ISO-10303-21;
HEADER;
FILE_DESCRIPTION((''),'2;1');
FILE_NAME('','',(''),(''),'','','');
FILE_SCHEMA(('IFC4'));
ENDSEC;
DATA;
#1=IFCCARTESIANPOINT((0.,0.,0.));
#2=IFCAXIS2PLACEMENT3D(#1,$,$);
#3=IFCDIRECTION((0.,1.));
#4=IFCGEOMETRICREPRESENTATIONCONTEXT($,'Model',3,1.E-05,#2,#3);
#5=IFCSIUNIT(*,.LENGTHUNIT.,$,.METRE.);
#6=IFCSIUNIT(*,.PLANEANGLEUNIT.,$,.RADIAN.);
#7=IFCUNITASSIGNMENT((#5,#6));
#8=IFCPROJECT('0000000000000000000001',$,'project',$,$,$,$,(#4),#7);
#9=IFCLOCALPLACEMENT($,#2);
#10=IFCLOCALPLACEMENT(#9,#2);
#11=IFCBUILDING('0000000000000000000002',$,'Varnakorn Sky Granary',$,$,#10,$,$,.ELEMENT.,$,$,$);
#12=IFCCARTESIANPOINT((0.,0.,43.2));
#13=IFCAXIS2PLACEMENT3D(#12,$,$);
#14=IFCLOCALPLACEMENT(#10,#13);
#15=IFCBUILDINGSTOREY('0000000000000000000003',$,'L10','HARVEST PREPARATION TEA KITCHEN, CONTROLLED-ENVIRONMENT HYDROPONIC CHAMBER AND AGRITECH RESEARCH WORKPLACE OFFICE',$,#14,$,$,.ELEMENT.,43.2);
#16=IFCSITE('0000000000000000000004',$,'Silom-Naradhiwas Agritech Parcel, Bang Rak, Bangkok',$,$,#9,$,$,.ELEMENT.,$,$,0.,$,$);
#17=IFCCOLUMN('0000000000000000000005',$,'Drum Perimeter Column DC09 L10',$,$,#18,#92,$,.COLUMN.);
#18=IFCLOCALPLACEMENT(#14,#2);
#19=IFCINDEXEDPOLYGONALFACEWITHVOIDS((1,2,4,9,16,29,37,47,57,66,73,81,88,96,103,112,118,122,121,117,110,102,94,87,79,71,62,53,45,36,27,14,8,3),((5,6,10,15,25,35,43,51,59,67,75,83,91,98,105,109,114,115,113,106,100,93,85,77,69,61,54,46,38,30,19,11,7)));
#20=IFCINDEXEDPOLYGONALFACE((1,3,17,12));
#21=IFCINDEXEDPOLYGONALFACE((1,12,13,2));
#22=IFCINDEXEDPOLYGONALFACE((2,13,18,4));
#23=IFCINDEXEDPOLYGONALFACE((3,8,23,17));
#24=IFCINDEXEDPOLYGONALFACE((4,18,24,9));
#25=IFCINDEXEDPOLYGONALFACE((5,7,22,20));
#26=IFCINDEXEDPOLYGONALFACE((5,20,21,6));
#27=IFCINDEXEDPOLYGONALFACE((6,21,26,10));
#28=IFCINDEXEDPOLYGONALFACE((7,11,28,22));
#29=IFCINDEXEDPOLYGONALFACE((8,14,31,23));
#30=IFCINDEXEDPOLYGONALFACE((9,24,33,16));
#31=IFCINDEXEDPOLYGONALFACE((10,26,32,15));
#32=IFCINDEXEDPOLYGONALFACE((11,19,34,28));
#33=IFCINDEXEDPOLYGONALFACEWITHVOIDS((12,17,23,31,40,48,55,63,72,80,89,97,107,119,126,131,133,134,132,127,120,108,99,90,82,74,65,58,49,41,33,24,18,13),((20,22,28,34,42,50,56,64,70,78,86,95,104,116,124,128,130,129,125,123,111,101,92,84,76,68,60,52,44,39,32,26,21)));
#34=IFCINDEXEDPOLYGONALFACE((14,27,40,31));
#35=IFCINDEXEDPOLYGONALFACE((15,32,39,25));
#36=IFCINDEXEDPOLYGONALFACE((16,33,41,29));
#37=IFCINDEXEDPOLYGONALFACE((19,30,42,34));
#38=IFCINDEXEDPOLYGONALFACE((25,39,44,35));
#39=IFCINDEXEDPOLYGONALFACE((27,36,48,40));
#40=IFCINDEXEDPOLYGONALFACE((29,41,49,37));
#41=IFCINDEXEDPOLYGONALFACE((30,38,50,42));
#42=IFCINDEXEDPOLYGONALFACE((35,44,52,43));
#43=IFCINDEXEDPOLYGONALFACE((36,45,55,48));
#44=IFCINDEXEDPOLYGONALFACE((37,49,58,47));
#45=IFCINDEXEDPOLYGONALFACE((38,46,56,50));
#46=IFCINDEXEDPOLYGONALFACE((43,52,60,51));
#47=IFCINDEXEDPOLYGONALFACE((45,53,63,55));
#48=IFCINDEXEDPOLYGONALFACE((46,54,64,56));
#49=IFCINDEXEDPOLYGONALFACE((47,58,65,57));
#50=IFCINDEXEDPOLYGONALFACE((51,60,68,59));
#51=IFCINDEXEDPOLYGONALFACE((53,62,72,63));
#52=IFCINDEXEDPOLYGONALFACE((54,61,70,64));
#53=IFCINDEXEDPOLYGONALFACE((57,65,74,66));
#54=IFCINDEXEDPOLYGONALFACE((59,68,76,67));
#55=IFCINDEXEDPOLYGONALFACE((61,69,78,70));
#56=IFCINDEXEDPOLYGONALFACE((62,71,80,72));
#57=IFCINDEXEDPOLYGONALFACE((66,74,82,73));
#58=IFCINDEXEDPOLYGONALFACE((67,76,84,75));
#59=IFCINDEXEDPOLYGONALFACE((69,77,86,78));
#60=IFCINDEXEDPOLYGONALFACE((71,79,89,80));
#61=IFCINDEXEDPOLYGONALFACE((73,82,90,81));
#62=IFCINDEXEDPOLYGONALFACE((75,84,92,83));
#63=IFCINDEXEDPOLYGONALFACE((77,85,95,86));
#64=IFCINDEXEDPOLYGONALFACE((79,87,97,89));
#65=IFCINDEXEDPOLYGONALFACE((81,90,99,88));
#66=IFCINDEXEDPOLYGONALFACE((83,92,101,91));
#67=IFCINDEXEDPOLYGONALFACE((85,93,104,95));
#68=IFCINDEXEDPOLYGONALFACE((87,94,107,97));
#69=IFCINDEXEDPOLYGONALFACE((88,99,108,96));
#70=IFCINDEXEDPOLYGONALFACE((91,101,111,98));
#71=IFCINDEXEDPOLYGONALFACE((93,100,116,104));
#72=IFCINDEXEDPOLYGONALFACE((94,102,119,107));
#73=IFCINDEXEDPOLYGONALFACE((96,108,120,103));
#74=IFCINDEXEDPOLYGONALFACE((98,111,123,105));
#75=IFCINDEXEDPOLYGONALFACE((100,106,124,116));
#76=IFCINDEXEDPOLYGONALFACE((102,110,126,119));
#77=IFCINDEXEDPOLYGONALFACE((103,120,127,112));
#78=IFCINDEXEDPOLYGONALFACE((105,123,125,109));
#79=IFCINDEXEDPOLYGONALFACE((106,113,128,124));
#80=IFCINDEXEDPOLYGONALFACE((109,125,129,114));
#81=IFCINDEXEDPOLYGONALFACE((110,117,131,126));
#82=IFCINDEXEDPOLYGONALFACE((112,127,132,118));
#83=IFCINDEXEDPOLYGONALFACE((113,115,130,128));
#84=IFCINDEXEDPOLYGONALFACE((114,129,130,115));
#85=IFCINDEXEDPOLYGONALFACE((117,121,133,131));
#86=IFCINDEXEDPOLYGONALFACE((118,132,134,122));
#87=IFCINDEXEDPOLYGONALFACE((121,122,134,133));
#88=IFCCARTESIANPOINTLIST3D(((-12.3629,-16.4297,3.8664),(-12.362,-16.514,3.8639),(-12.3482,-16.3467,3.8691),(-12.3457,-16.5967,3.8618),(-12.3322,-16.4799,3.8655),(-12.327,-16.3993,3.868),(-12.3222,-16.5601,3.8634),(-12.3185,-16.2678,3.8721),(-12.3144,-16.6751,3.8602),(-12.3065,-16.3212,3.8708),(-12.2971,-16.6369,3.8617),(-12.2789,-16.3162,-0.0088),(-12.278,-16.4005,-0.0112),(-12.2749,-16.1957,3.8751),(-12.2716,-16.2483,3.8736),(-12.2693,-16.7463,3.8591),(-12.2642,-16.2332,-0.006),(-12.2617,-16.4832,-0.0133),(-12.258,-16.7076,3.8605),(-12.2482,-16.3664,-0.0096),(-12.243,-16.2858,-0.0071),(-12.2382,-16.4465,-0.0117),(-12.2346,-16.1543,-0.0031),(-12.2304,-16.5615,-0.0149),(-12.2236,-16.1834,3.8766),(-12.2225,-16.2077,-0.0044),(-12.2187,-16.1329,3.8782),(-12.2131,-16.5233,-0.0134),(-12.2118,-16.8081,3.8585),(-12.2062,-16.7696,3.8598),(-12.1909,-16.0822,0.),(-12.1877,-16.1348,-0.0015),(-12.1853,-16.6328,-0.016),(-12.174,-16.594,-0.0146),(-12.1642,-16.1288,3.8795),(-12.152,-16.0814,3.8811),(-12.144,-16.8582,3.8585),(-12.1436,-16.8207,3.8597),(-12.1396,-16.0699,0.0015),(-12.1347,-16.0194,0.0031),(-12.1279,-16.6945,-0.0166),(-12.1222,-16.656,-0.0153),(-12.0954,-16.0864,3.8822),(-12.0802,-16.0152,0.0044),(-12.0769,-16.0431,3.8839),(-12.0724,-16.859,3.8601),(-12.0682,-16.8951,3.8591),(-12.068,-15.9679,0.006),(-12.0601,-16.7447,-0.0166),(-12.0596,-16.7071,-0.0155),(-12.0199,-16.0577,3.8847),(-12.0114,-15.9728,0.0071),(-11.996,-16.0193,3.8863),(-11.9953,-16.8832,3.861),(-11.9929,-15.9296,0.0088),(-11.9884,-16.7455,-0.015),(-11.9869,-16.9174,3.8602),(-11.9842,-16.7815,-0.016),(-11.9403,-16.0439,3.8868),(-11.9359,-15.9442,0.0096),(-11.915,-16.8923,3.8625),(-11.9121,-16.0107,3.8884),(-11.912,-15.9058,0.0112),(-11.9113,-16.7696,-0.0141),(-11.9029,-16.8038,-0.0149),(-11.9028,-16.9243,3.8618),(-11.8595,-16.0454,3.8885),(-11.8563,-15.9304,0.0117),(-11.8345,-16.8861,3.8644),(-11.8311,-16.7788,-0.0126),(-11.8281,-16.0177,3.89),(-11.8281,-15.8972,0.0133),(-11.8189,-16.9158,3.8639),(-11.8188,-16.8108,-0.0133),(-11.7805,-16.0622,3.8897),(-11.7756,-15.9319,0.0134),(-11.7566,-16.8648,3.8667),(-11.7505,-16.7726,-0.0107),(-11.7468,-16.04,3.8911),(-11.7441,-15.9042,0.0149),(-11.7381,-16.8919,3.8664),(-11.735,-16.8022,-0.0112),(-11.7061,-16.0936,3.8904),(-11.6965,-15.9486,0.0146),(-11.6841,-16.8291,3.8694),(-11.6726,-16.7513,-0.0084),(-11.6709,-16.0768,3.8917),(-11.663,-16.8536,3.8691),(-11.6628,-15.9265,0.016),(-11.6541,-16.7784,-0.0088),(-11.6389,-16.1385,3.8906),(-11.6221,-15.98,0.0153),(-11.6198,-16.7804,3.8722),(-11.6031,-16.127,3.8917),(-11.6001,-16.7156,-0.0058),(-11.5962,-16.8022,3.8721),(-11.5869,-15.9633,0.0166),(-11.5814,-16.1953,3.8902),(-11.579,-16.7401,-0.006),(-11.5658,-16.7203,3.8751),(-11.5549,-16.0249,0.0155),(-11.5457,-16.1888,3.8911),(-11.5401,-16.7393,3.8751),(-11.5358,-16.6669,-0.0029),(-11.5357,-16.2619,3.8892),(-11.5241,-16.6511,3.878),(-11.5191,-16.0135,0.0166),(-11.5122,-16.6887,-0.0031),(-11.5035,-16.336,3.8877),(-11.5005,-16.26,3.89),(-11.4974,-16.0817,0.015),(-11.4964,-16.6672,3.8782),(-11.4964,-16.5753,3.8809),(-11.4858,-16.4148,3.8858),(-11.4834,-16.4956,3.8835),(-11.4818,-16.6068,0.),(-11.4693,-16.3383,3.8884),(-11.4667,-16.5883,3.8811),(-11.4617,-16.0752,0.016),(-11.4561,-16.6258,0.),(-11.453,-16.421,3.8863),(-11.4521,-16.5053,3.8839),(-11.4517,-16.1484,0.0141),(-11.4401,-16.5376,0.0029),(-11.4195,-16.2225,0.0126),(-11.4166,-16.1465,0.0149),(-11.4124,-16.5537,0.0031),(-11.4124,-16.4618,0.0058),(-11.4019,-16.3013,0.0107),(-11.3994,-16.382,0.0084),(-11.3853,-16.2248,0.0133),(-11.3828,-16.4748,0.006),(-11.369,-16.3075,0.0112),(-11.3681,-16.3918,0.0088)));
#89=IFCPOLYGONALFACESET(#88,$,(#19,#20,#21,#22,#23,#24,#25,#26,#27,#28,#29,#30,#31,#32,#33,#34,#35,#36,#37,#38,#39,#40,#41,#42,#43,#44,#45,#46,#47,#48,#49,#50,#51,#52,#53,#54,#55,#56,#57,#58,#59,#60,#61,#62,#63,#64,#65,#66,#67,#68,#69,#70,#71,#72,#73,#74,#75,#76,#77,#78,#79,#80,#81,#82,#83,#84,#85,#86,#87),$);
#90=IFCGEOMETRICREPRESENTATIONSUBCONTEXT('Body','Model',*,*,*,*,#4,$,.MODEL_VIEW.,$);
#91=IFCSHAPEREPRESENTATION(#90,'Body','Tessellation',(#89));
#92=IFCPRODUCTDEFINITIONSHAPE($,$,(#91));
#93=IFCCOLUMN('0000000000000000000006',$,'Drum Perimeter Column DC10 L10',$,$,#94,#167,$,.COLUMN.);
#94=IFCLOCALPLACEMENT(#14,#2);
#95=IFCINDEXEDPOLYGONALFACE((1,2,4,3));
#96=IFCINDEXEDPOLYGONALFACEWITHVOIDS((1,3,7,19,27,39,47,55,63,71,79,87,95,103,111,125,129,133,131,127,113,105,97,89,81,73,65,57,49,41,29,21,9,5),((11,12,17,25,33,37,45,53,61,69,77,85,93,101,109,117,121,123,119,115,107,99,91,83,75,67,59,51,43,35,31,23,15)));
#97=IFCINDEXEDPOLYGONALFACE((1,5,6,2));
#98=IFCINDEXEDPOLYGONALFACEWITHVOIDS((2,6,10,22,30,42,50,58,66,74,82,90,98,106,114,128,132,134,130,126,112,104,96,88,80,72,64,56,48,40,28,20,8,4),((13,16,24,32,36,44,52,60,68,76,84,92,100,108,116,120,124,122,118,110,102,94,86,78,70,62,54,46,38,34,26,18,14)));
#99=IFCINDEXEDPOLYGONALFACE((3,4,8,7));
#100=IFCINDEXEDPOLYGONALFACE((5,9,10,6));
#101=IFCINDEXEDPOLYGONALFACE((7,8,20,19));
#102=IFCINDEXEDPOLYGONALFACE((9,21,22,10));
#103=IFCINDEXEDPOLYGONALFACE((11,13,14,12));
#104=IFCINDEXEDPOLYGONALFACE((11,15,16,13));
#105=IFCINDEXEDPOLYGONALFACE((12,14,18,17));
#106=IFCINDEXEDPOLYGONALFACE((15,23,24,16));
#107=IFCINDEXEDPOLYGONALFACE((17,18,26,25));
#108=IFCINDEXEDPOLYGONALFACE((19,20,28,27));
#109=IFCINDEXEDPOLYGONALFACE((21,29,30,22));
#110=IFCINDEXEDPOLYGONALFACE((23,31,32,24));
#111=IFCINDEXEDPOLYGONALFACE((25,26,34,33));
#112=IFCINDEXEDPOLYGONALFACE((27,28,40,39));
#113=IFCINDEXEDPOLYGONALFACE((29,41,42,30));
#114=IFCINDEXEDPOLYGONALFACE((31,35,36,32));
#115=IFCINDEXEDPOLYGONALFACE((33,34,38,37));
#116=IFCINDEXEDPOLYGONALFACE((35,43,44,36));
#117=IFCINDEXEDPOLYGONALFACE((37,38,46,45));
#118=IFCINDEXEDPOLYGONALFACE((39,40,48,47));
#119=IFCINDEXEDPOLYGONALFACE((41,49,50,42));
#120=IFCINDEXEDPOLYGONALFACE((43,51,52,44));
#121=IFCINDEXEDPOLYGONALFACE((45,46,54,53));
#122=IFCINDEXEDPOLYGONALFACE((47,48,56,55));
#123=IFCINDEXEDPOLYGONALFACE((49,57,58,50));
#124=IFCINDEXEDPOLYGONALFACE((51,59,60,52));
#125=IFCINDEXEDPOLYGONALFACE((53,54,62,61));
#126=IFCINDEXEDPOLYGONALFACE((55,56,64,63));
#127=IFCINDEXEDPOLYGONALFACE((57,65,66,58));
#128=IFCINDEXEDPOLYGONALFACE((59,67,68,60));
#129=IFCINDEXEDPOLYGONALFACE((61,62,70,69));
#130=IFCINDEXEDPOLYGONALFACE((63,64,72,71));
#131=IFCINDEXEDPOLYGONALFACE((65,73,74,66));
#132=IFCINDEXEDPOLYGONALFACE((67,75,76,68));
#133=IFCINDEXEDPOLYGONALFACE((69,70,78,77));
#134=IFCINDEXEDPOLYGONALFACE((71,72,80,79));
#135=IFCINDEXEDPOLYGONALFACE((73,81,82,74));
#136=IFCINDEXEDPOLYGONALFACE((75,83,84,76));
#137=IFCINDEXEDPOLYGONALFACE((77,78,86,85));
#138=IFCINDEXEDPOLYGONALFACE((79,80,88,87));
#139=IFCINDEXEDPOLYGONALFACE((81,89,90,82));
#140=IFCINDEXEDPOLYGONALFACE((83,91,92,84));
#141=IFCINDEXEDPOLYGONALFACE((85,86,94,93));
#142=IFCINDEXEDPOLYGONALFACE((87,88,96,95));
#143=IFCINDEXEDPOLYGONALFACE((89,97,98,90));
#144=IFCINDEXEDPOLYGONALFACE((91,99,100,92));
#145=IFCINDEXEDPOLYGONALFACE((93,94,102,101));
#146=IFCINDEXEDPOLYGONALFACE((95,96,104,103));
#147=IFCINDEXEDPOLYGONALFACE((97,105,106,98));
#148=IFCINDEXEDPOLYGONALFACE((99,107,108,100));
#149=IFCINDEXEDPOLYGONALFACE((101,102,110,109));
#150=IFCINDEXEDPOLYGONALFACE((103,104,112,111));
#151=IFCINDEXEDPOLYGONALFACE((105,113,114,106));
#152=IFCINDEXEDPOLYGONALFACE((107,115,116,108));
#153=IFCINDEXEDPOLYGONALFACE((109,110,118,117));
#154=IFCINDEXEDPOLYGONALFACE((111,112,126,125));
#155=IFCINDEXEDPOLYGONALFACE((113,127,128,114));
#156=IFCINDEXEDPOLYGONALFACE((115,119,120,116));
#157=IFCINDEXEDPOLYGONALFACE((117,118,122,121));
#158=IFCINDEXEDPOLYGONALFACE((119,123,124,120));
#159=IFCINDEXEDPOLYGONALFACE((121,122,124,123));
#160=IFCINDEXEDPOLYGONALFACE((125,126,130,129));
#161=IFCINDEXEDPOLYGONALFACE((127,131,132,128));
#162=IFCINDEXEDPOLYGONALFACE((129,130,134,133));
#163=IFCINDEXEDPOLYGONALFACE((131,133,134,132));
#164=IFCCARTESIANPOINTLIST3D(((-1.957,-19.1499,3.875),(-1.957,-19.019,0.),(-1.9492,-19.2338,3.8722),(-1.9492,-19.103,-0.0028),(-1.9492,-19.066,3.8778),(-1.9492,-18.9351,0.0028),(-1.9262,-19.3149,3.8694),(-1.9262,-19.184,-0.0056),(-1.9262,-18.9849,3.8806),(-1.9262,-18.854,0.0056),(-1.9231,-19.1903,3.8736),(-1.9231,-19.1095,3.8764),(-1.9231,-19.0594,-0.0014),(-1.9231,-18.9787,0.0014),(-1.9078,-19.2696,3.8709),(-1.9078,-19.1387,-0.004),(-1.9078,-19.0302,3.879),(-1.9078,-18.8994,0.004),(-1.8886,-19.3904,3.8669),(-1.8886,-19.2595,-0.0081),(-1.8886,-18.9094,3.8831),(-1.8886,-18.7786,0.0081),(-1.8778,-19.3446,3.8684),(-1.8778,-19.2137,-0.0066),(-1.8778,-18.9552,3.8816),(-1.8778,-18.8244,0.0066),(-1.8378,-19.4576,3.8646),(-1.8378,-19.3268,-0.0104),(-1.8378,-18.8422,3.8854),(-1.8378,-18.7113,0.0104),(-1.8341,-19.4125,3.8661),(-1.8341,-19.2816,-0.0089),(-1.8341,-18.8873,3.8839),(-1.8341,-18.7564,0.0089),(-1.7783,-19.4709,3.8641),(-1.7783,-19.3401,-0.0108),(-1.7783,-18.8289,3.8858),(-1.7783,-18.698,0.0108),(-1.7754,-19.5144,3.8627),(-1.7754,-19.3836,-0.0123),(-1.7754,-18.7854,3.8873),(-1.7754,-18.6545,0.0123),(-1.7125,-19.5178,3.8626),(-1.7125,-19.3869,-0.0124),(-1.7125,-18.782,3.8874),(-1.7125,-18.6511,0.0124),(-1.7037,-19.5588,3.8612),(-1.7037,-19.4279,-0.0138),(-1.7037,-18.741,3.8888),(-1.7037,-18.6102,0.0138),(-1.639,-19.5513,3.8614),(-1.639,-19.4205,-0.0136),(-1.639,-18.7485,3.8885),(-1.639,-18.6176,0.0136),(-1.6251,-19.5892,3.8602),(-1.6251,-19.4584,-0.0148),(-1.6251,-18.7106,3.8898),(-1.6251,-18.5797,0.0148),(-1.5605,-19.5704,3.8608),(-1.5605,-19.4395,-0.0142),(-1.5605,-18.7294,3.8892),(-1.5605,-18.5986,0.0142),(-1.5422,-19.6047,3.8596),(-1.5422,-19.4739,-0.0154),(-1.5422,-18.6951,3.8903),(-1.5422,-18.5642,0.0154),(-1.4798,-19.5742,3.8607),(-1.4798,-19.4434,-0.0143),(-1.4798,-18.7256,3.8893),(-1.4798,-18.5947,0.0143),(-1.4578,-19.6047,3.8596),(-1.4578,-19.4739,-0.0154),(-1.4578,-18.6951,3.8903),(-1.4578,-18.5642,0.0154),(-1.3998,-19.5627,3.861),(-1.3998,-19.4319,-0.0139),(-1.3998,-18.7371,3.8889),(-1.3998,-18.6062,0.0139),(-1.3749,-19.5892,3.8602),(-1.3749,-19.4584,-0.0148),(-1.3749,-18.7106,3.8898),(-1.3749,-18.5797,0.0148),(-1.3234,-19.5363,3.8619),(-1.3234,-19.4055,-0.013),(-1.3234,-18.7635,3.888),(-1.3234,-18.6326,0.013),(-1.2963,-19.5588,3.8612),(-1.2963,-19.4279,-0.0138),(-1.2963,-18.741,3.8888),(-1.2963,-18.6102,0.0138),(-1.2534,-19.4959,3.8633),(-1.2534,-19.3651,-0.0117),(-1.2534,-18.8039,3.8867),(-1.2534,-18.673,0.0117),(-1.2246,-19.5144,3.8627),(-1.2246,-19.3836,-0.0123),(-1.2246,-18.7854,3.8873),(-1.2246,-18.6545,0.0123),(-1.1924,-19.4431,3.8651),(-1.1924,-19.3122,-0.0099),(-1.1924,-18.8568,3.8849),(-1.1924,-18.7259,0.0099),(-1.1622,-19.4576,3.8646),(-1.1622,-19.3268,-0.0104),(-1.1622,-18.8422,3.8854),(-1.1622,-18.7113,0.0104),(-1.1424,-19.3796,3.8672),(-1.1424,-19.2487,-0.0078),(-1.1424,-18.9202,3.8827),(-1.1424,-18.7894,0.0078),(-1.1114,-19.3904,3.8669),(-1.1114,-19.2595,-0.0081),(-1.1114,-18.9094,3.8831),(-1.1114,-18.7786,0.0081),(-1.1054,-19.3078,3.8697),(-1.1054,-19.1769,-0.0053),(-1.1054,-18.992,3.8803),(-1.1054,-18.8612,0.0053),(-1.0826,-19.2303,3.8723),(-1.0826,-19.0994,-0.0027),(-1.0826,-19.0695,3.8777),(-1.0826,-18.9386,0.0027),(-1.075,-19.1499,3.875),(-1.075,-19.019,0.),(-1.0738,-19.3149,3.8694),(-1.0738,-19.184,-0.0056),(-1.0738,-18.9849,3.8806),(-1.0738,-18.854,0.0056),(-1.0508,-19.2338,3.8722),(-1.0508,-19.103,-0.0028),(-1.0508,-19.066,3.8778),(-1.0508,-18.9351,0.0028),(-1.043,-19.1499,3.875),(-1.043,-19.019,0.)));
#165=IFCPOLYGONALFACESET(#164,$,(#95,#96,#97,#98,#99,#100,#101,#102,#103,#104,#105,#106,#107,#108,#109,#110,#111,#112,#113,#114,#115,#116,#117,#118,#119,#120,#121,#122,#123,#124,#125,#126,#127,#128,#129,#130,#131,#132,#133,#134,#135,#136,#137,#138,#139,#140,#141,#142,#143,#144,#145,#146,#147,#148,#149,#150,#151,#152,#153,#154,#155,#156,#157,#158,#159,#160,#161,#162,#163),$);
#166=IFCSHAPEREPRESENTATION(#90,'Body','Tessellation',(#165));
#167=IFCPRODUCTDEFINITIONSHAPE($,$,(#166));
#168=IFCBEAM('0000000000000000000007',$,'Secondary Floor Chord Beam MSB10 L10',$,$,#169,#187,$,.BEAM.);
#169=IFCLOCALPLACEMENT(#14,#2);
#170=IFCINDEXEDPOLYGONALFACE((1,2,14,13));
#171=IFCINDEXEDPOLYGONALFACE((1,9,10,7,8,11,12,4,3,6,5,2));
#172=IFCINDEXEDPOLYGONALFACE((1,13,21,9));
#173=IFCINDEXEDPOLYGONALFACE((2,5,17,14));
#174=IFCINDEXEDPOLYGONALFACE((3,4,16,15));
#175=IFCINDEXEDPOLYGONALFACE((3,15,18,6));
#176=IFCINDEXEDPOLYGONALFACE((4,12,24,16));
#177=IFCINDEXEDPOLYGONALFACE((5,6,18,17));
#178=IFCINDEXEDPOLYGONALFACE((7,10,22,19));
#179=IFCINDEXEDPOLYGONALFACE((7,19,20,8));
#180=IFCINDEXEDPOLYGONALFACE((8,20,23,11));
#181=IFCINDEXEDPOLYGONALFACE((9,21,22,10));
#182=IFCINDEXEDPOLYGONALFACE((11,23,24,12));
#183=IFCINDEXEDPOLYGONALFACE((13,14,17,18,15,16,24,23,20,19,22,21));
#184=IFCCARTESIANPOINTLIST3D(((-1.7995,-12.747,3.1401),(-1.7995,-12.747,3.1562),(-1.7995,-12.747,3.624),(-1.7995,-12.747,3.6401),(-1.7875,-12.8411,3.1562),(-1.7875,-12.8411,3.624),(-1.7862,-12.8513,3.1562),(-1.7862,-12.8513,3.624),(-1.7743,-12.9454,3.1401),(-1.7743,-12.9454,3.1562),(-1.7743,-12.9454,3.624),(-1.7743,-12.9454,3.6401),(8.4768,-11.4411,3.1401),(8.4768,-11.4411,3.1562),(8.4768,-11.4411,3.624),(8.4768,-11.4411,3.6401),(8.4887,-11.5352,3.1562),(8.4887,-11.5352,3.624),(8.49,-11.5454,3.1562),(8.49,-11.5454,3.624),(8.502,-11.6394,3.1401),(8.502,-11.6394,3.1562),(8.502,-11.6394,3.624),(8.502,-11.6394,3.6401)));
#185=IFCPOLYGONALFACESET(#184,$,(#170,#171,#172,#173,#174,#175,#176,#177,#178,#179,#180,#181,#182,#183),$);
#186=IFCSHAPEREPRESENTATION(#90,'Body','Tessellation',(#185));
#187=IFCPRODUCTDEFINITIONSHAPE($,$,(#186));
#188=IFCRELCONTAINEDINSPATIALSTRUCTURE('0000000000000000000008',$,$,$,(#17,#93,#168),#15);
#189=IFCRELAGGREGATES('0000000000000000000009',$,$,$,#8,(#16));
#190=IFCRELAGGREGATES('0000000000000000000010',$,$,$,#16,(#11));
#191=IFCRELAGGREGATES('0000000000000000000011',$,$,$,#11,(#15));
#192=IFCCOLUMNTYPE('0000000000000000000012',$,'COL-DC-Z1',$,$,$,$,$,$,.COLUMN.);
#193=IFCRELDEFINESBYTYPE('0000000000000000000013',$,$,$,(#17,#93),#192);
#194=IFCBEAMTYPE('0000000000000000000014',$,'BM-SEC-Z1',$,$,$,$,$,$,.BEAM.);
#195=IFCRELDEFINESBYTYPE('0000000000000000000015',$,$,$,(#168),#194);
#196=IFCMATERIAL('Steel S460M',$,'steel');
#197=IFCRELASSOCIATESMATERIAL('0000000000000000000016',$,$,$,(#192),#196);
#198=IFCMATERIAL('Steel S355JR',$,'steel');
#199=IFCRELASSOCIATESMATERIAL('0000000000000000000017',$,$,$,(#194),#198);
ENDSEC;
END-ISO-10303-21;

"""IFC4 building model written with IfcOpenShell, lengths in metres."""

from ifc_helpers import new_model, si_unit, direction, frame, origin, origin_2d, place, context, subcontext, project, spatial, hollow_circle, i_section, extrude, material, material_profile, profile_set, type_object, element, save


model = new_model("IFC4")

# Units and contexts
model_context = context("Model", 3, precision=1e-05, world=origin(), true_north=direction((0.0, 1.0)))
body_context = subcontext(model_context, "Body", "Model", "MODEL_VIEW")
ifc_project = project(units=[si_unit("LENGTHUNIT", "METRE"), si_unit("PLANEANGLEUNIT", "RADIAN")], contexts=[model_context])

# Site, building, storey
site_placement = place(None, origin())
site = spatial("IfcSite", under=ifc_project, at=site_placement, Name="Silom-Naradhiwas Agritech Parcel, Bang Rak, Bangkok", CompositionType="ELEMENT", RefElevation=0.0)
building_placement = place(site_placement, origin())
building = spatial("IfcBuilding", under=site, at=building_placement, Name="Varnakorn Sky Granary", CompositionType="ELEMENT")
storey_placement = place(building_placement, frame((0.0, 0.0, 43.2)))
storey = spatial("IfcBuildingStorey", under=building, at=storey_placement, Name="L10", Description="HARVEST PREPARATION TEA KITCHEN, CONTROLLED-ENVIRONMENT HYDROPONIC CHAMBER AND AGRITECH RESEARCH WORKPLACE OFFICE", CompositionType="ELEMENT", Elevation=43.2)

# Columns
ifc_material_1 = material(Name="Steel S460M", Category="steel")
ifc_material_profile_1 = material_profile(ifc_material_1, hollow_circle(Radius=0.457, WallThickness=0.032, at=origin_2d()), Name="CHS 914x32")
ifc_profile_set_1 = profile_set([ifc_material_profile_1], Name="Steel S460M")
column_type = type_object("IfcColumnType", Name="COL-DC-Z1", PredefinedType="COLUMN", material=ifc_profile_set_1)
column_1_placement = place(storey_placement, frame((-11.8235, -16.354, 0.0), z_axis=(-0.021659, -0.029277, 0.999337), x_axis=(0.803925, -0.594731, 0.0)))
element("IfcColumn", 1, at=column_1_placement, inside=storey, type_object=column_type, Name="Drum Perimeter Column DC09 L10", PredefinedType="COLUMN", context=body_context, shape_type="SweptSolid", body=[
    extrude(hollow_circle(Radius=0.457, WallThickness=0.032, at=origin_2d()), origin(), (0.0, 0.0, 1.0), 3.8777),
])
column_2_placement = place(storey_placement, frame((-1.5, -19.019, 0.0), z_axis=(0.0, -0.033751, 0.99943), x_axis=(1.0, 0.0, 0.0)))
element("IfcColumn", 2, at=column_2_placement, inside=storey, type_object=column_type, Name="Drum Perimeter Column DC10 L10", PredefinedType="COLUMN", context=body_context, shape_type="SweptSolid", body=[
    extrude(hollow_circle(Radius=0.457, WallThickness=0.032, at=origin_2d()), origin(), (0.0, 0.0, 1.0), 3.8772),
])

# Beam
ifc_material_2 = material(Name="Steel S355JR", Category="steel")
ifc_material_profile_2 = material_profile(ifc_material_2, i_section(OverallWidth=0.2, OverallDepth=0.5, WebThickness=0.0103, FlangeThickness=0.0161, at=origin_2d()), Name="IPE 500")
ifc_profile_set_2 = profile_set([ifc_material_profile_2], Name="Steel S355JR")
beam_type_1 = type_object("IfcBeamType", Name="BM-SEC-Z1", PredefinedType="BEAM", material=ifc_profile_set_2)
beam_placement = place(storey_placement, frame((-1.7869, -12.8462, 3.3901), z_axis=(0.992022, 0.126068, 0.0), x_axis=(-0.126068, 0.992022, 0.0)))
element("IfcBeam", 3, at=beam_placement, inside=storey, type_object=beam_type_1, Name="Secondary Floor Chord Beam MSB10 L10", PredefinedType="BEAM", context=body_context, shape_type="SweptSolid", body=[
    extrude(i_section(OverallWidth=0.2, OverallDepth=0.5, WebThickness=0.0103, FlangeThickness=0.0161, at=origin_2d()), origin(), (0.0, 0.0, 1.0), 10.3589),
])

save(model, "model.ifc")
